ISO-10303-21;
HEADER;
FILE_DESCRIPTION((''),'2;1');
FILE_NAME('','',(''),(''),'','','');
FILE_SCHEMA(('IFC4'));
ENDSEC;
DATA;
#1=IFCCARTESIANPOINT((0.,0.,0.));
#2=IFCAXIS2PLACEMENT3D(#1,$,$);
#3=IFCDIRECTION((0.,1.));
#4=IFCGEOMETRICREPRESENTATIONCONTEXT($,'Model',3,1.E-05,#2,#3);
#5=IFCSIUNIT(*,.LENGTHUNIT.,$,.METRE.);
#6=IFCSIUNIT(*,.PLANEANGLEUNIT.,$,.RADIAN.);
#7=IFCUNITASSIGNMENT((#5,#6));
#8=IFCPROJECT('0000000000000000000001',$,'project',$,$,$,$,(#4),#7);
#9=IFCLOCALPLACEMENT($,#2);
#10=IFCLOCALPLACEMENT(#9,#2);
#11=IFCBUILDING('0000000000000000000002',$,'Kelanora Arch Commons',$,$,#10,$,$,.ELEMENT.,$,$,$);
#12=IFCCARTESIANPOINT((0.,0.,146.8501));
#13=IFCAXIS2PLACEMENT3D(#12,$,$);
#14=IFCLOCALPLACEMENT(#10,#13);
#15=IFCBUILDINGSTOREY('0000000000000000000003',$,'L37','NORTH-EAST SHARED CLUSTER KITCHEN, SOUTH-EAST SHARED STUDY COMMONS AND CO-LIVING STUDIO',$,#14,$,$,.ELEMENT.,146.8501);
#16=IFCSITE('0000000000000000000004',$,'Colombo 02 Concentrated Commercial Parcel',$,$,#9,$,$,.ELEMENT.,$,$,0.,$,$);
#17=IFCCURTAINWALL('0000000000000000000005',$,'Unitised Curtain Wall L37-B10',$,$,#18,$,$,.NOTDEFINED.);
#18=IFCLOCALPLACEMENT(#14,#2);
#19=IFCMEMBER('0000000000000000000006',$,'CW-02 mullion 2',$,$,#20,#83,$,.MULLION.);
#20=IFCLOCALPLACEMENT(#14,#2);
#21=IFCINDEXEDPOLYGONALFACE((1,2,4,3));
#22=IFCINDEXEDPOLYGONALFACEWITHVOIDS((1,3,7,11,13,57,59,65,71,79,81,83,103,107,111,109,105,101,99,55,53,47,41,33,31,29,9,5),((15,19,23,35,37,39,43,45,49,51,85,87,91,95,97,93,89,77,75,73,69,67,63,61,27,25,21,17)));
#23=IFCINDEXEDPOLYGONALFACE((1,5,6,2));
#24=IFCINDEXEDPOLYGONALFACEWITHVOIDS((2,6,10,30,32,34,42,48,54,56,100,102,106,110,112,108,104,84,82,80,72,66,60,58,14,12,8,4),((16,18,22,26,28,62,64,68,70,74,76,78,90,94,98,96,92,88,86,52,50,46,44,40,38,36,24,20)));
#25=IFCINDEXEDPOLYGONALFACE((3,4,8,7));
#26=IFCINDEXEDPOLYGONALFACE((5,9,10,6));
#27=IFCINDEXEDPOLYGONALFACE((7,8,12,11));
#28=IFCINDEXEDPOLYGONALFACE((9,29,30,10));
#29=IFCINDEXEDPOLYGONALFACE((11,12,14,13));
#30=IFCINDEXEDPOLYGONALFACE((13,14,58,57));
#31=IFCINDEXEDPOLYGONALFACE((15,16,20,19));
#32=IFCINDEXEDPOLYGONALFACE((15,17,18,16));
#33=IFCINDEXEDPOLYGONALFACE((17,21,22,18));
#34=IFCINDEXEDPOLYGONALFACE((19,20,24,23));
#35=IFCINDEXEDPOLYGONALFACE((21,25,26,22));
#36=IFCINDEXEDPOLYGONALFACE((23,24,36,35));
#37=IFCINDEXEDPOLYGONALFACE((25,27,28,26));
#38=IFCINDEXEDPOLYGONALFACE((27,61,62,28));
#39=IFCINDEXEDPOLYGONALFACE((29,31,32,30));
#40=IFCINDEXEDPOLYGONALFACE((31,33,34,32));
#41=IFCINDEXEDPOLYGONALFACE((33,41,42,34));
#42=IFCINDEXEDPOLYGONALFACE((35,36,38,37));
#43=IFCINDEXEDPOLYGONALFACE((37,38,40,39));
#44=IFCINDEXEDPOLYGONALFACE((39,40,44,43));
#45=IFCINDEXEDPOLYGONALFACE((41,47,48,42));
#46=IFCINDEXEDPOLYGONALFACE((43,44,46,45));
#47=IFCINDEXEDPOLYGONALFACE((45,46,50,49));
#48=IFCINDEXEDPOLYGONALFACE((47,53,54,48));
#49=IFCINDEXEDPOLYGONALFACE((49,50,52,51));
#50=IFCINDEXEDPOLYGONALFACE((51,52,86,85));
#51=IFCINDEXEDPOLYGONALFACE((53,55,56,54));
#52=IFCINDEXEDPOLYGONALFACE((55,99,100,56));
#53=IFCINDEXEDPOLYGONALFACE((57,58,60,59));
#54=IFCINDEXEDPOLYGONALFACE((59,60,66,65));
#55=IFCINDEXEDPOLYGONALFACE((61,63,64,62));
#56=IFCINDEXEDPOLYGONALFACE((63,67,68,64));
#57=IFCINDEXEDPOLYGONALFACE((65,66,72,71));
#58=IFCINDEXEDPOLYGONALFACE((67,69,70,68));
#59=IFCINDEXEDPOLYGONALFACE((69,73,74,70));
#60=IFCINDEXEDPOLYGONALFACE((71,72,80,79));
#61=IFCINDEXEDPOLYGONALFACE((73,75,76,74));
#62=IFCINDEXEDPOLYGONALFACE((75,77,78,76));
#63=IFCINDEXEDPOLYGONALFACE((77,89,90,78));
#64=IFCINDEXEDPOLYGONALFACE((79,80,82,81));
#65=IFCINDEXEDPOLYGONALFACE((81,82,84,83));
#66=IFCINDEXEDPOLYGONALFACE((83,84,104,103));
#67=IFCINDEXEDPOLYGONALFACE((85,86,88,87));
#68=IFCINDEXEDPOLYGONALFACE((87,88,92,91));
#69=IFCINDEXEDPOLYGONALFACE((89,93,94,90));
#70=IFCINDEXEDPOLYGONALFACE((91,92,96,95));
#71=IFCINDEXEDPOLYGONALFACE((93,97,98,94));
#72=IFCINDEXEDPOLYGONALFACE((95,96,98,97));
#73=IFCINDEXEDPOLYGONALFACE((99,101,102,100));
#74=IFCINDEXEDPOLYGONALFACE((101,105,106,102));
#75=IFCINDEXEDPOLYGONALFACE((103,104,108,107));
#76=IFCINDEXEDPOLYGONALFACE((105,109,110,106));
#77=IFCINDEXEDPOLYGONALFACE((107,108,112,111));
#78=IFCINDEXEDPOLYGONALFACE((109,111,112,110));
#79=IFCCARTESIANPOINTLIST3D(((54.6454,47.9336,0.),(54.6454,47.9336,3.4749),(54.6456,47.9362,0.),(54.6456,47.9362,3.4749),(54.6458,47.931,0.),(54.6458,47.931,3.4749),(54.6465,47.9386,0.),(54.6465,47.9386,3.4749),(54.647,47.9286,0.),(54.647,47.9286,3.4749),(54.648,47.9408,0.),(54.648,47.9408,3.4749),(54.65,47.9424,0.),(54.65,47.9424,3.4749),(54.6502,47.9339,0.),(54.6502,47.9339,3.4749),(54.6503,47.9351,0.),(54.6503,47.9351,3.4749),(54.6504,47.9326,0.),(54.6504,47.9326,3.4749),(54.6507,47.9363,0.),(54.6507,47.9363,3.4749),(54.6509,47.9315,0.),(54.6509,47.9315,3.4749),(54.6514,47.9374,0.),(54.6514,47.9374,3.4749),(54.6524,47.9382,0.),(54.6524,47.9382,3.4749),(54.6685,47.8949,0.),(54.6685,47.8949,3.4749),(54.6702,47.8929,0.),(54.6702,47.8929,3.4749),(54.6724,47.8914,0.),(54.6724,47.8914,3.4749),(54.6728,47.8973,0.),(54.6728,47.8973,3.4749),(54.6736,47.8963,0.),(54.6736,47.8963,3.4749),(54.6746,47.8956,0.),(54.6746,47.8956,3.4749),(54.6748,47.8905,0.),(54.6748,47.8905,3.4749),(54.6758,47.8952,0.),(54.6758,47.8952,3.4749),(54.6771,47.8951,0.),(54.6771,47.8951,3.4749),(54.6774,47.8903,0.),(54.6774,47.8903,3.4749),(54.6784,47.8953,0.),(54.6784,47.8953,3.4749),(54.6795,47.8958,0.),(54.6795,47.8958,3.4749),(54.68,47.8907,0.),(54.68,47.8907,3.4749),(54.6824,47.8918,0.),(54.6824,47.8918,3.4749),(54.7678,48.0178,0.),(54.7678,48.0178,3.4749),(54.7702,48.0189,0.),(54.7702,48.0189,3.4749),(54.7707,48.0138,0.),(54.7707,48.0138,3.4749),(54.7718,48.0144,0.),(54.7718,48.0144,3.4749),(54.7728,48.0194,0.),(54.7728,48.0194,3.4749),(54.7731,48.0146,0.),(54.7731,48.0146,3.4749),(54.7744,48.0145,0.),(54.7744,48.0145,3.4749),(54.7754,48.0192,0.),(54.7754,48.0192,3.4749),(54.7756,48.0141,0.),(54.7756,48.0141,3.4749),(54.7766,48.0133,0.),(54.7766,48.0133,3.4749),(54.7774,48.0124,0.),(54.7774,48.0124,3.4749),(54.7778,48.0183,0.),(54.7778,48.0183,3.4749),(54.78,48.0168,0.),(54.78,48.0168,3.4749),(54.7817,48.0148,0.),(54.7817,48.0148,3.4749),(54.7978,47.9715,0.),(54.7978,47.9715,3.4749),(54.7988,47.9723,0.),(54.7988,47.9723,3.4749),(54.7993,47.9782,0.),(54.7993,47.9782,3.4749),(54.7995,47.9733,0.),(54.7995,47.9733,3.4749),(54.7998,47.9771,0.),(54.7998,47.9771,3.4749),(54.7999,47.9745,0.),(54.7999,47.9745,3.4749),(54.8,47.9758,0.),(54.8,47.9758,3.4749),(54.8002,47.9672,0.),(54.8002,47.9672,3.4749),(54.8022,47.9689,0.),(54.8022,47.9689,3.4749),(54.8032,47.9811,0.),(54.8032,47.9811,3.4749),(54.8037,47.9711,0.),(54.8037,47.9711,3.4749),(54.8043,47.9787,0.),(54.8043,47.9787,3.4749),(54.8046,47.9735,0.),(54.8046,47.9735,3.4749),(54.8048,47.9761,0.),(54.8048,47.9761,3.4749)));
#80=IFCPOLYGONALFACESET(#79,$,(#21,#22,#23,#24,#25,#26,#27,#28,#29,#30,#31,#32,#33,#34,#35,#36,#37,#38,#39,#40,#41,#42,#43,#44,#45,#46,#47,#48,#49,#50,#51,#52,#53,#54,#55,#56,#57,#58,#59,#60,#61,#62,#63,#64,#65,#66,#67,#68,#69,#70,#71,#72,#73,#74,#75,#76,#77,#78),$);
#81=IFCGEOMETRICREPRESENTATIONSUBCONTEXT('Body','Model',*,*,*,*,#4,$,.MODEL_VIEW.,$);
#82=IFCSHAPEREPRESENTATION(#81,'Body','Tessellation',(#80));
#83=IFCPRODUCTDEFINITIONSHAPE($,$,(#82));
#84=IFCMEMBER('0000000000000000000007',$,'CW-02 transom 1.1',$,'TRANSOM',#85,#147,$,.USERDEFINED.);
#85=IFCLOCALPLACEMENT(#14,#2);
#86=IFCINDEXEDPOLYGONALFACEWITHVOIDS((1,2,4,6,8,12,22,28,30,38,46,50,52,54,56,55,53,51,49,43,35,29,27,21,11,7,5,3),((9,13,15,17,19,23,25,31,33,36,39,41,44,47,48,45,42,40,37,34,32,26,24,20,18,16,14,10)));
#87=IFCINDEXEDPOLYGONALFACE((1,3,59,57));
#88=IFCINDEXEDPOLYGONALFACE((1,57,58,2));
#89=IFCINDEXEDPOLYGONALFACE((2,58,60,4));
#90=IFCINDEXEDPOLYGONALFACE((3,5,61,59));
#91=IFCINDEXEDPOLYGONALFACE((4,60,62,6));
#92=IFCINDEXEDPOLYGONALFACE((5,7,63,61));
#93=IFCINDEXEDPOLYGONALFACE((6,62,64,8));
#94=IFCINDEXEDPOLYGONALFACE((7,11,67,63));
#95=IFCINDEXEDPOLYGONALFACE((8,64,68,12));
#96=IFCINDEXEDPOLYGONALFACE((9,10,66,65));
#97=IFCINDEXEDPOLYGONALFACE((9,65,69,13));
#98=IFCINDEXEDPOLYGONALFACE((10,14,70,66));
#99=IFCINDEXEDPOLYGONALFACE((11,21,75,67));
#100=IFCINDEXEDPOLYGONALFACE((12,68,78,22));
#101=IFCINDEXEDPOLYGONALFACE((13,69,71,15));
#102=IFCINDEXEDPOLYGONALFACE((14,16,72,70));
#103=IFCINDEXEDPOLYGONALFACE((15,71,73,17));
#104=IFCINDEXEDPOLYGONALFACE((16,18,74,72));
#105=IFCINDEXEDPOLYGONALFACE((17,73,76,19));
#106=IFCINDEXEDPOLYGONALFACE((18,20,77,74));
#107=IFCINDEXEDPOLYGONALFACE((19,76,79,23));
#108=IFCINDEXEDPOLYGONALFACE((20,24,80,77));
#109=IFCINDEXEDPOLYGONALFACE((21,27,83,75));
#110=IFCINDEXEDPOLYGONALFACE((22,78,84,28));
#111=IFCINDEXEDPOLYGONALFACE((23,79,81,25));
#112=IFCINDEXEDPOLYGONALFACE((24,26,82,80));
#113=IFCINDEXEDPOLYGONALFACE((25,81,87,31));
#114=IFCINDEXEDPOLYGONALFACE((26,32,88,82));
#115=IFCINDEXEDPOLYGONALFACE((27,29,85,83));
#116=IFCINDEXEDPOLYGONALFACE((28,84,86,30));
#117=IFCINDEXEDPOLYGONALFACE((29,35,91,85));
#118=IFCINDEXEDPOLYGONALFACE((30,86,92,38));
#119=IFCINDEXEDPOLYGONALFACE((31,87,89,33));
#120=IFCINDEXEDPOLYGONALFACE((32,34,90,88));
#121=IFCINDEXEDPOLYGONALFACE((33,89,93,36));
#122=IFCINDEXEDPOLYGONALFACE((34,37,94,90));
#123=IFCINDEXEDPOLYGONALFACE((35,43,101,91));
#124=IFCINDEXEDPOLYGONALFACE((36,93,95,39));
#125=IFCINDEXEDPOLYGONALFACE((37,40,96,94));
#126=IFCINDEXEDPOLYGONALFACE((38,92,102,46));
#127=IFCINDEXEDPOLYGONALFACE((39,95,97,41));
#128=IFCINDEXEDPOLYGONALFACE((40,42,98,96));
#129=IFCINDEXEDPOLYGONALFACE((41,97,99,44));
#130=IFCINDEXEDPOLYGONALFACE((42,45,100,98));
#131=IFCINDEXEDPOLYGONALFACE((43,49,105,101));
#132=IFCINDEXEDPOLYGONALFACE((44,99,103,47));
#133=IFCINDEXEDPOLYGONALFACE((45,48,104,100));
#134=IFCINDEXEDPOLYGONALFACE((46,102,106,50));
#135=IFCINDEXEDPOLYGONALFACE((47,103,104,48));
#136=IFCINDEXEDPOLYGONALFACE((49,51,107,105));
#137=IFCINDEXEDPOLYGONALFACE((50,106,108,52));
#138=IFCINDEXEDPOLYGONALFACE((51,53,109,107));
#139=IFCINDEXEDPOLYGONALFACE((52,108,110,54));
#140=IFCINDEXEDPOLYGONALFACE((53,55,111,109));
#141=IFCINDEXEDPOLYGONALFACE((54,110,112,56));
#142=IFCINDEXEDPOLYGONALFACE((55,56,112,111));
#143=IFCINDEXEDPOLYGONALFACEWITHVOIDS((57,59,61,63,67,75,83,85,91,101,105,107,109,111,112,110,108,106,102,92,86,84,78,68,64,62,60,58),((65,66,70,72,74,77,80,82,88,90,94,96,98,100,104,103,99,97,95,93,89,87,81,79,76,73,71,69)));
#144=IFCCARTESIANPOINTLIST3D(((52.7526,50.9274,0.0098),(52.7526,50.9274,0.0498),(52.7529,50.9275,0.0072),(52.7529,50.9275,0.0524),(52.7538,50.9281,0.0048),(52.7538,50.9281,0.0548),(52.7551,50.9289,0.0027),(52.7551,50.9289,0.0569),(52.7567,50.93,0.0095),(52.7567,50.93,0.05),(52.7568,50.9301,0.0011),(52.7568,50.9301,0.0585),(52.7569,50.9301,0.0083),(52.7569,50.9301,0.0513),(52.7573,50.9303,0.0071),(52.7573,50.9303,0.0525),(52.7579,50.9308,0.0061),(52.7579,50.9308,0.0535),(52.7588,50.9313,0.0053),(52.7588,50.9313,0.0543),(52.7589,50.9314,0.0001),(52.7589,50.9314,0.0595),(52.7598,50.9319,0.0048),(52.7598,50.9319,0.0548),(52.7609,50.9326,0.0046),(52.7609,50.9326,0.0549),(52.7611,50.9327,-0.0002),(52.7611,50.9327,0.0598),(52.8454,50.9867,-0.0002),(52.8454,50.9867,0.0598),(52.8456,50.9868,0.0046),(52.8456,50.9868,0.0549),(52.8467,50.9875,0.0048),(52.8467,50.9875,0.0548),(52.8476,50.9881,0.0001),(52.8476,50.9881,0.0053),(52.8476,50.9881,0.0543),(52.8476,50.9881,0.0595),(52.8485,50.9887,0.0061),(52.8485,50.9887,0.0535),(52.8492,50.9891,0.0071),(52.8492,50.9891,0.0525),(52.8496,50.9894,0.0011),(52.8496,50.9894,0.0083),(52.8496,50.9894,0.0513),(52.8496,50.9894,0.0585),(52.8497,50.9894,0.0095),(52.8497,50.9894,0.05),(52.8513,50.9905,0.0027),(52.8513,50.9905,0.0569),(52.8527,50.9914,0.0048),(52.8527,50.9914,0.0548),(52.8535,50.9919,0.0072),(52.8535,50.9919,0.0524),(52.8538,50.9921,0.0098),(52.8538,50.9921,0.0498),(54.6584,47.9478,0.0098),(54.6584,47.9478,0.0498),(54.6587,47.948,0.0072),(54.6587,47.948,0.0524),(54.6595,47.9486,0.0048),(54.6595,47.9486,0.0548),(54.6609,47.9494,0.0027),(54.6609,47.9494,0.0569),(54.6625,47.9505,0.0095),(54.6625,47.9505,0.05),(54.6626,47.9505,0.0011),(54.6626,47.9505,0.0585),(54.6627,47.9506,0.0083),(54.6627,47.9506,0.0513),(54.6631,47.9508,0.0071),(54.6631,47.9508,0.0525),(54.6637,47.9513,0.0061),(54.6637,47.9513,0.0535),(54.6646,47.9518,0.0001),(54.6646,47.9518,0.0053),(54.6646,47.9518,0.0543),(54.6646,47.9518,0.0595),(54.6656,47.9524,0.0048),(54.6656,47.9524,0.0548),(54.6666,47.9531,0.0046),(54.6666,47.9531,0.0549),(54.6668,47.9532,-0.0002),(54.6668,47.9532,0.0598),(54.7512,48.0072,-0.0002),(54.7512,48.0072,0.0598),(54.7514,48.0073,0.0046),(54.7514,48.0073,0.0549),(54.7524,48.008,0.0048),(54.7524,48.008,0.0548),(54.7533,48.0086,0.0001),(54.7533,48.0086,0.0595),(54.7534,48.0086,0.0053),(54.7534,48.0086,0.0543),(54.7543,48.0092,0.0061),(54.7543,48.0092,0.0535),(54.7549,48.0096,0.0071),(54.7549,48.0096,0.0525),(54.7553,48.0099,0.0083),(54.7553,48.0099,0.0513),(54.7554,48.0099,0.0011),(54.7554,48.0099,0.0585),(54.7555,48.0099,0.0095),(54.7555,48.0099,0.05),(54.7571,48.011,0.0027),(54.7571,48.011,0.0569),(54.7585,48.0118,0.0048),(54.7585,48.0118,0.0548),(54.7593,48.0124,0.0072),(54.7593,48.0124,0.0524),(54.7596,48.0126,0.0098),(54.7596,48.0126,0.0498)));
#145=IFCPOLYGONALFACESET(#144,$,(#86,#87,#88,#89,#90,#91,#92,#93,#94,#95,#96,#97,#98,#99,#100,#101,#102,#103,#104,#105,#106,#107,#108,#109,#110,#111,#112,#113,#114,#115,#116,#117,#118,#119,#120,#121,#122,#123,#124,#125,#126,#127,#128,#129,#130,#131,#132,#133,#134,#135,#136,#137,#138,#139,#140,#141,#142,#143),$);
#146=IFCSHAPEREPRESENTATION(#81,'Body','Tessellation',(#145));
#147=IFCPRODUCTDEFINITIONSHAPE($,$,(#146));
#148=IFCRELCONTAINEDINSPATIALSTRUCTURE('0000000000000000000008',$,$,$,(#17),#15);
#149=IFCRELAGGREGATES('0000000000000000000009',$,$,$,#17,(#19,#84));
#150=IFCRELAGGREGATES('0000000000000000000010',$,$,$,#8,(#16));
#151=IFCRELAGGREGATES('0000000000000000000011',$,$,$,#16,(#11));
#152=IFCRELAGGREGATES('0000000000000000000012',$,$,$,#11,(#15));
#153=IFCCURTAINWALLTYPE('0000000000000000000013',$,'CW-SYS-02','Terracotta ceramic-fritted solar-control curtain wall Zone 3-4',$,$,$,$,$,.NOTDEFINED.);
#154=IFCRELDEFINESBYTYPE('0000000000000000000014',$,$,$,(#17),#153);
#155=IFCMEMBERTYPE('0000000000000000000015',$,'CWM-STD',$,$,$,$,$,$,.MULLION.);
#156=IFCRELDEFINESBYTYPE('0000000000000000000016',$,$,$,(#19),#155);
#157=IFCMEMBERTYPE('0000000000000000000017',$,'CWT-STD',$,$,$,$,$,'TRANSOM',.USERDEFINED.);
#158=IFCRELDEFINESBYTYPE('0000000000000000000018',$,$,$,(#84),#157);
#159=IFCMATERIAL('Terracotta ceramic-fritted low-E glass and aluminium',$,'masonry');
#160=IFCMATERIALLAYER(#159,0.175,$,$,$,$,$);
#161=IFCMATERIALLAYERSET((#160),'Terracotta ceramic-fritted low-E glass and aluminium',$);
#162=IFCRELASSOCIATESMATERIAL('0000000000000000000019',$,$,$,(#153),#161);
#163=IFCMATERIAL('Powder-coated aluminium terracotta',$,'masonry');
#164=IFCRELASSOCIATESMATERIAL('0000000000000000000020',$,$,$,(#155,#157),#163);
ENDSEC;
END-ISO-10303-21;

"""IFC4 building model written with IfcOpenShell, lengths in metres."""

from ifc_helpers import new_model, si_unit, direction, frame, origin, origin_2d, place, context, subcontext, project, spatial, hollow_rectangle, extrude, material, layer, layer_set, material_profile, profile_set, type_object, element, aggregate, save


model = new_model("IFC4")

# Units and contexts
model_context = context("Model", 3, precision=1e-05, world=origin(), true_north=direction((0.0, 1.0)))
body_context = subcontext(model_context, "Body", "Model", "MODEL_VIEW")
ifc_project = project(units=[si_unit("LENGTHUNIT", "METRE"), si_unit("PLANEANGLEUNIT", "RADIAN")], contexts=[model_context])

# Site, building, storey
site_placement = place(None, origin())
site = spatial("IfcSite", under=ifc_project, at=site_placement, Name="Colombo 02 Concentrated Commercial Parcel", CompositionType="ELEMENT", RefElevation=0.0)
building_placement = place(site_placement, origin())
building = spatial("IfcBuilding", under=site, at=building_placement, Name="Kelanora Arch Commons", CompositionType="ELEMENT")
storey_placement = place(building_placement, frame((0.0, 0.0, 146.8501)))
storey = spatial("IfcBuildingStorey", under=building, at=storey_placement, Name="L37", Description="NORTH-EAST SHARED CLUSTER KITCHEN, SOUTH-EAST SHARED STUDY COMMONS AND CO-LIVING STUDIO", CompositionType="ELEMENT", Elevation=146.8501)

# Shared definitions
ifc_material_1 = material(Name="Terracotta ceramic-fritted low-E glass and aluminium", Category="masonry")
ifc_layer_1 = layer(ifc_material_1, 0.175)
ifc_layer_set_1 = layer_set([ifc_layer_1], Name="Terracotta ceramic-fritted low-E glass and aluminium")
curtain_wall_type = type_object("IfcCurtainWallType", Name="CW-SYS-02", Description="Terracotta ceramic-fritted solar-control curtain wall Zone 3-4", PredefinedType="NOTDEFINED", material=ifc_layer_set_1)
ifc_material_2 = material(Name="Powder-coated aluminium terracotta", Category="masonry")
ifc_material_profile_1 = material_profile(ifc_material_2, hollow_rectangle(XDim=0.1599, YDim=0.0601, WallThickness=0.0049, InnerFilletRadius=0.0049, OuterFilletRadius=0.01, at=origin_2d()), Name="CWM160x60")
ifc_profile_set_1 = profile_set([ifc_material_profile_1], Name="Powder-coated aluminium terracotta")
member_type_1 = type_object("IfcMemberType", Name="CWM-STD", PredefinedType="MULLION", material=ifc_profile_set_1)

# Curtain wall, members
curtain_wall_1_placement = place(storey_placement, origin())
curtain_wall_1 = element("IfcCurtainWall", 1, at=curtain_wall_1_placement, inside=storey, type_object=curtain_wall_type, Name="Unitised Curtain Wall L37-B10", PredefinedType="NOTDEFINED")
member_1_placement = place(storey_placement, frame((54.7251, 47.9548, 0.0), z_axis=(0.0, 0.0, 1.0), x_axis=(0.842423, 0.538817, 0.0)))
member_1 = element("IfcMember", 2, at=member_1_placement, type_object=member_type_1, Name="CW-02 mullion 2", PredefinedType="MULLION", context=body_context, shape_type="SweptSolid", body=[
    extrude(hollow_rectangle(XDim=0.1599, YDim=0.0601, WallThickness=0.0049, InnerFilletRadius=0.0049, OuterFilletRadius=0.01, at=origin_2d()), origin(), (0.0, 0.0, 1.0), 3.4749),
])
ifc_material_profile_2 = material_profile(ifc_material_2, hollow_rectangle(XDim=0.1201, YDim=0.0601, WallThickness=0.0049, InnerFilletRadius=0.0049, OuterFilletRadius=0.01, at=origin_2d()), Name="CWT120x60")
ifc_profile_set_2 = profile_set([ifc_material_profile_2], Name="Powder-coated aluminium terracotta")
member_type_2 = type_object("IfcMemberType", Name="CWT-STD", ElementType="TRANSOM", PredefinedType="USERDEFINED", material=ifc_profile_set_2)
member_2_placement = place(storey_placement, frame((52.8032, 50.9597, 0.0298), z_axis=(0.53883, -0.842414, 0.0), x_axis=(0.842414, 0.53883, 0.0)))
member_2 = element("IfcMember", 3, at=member_2_placement, type_object=member_type_2, Name="CW-02 transom 1.1", ObjectType="TRANSOM", PredefinedType="USERDEFINED", context=body_context, shape_type="SweptSolid", body=[
    extrude(hollow_rectangle(XDim=0.1201, YDim=0.0601, WallThickness=0.0049, InnerFilletRadius=0.0049, OuterFilletRadius=0.01, at=origin_2d()), origin(), (0.0, 0.0, 1.0), 3.5369),
])

aggregate(curtain_wall_1, [member_1, member_2])

save(model, "model.ifc")
